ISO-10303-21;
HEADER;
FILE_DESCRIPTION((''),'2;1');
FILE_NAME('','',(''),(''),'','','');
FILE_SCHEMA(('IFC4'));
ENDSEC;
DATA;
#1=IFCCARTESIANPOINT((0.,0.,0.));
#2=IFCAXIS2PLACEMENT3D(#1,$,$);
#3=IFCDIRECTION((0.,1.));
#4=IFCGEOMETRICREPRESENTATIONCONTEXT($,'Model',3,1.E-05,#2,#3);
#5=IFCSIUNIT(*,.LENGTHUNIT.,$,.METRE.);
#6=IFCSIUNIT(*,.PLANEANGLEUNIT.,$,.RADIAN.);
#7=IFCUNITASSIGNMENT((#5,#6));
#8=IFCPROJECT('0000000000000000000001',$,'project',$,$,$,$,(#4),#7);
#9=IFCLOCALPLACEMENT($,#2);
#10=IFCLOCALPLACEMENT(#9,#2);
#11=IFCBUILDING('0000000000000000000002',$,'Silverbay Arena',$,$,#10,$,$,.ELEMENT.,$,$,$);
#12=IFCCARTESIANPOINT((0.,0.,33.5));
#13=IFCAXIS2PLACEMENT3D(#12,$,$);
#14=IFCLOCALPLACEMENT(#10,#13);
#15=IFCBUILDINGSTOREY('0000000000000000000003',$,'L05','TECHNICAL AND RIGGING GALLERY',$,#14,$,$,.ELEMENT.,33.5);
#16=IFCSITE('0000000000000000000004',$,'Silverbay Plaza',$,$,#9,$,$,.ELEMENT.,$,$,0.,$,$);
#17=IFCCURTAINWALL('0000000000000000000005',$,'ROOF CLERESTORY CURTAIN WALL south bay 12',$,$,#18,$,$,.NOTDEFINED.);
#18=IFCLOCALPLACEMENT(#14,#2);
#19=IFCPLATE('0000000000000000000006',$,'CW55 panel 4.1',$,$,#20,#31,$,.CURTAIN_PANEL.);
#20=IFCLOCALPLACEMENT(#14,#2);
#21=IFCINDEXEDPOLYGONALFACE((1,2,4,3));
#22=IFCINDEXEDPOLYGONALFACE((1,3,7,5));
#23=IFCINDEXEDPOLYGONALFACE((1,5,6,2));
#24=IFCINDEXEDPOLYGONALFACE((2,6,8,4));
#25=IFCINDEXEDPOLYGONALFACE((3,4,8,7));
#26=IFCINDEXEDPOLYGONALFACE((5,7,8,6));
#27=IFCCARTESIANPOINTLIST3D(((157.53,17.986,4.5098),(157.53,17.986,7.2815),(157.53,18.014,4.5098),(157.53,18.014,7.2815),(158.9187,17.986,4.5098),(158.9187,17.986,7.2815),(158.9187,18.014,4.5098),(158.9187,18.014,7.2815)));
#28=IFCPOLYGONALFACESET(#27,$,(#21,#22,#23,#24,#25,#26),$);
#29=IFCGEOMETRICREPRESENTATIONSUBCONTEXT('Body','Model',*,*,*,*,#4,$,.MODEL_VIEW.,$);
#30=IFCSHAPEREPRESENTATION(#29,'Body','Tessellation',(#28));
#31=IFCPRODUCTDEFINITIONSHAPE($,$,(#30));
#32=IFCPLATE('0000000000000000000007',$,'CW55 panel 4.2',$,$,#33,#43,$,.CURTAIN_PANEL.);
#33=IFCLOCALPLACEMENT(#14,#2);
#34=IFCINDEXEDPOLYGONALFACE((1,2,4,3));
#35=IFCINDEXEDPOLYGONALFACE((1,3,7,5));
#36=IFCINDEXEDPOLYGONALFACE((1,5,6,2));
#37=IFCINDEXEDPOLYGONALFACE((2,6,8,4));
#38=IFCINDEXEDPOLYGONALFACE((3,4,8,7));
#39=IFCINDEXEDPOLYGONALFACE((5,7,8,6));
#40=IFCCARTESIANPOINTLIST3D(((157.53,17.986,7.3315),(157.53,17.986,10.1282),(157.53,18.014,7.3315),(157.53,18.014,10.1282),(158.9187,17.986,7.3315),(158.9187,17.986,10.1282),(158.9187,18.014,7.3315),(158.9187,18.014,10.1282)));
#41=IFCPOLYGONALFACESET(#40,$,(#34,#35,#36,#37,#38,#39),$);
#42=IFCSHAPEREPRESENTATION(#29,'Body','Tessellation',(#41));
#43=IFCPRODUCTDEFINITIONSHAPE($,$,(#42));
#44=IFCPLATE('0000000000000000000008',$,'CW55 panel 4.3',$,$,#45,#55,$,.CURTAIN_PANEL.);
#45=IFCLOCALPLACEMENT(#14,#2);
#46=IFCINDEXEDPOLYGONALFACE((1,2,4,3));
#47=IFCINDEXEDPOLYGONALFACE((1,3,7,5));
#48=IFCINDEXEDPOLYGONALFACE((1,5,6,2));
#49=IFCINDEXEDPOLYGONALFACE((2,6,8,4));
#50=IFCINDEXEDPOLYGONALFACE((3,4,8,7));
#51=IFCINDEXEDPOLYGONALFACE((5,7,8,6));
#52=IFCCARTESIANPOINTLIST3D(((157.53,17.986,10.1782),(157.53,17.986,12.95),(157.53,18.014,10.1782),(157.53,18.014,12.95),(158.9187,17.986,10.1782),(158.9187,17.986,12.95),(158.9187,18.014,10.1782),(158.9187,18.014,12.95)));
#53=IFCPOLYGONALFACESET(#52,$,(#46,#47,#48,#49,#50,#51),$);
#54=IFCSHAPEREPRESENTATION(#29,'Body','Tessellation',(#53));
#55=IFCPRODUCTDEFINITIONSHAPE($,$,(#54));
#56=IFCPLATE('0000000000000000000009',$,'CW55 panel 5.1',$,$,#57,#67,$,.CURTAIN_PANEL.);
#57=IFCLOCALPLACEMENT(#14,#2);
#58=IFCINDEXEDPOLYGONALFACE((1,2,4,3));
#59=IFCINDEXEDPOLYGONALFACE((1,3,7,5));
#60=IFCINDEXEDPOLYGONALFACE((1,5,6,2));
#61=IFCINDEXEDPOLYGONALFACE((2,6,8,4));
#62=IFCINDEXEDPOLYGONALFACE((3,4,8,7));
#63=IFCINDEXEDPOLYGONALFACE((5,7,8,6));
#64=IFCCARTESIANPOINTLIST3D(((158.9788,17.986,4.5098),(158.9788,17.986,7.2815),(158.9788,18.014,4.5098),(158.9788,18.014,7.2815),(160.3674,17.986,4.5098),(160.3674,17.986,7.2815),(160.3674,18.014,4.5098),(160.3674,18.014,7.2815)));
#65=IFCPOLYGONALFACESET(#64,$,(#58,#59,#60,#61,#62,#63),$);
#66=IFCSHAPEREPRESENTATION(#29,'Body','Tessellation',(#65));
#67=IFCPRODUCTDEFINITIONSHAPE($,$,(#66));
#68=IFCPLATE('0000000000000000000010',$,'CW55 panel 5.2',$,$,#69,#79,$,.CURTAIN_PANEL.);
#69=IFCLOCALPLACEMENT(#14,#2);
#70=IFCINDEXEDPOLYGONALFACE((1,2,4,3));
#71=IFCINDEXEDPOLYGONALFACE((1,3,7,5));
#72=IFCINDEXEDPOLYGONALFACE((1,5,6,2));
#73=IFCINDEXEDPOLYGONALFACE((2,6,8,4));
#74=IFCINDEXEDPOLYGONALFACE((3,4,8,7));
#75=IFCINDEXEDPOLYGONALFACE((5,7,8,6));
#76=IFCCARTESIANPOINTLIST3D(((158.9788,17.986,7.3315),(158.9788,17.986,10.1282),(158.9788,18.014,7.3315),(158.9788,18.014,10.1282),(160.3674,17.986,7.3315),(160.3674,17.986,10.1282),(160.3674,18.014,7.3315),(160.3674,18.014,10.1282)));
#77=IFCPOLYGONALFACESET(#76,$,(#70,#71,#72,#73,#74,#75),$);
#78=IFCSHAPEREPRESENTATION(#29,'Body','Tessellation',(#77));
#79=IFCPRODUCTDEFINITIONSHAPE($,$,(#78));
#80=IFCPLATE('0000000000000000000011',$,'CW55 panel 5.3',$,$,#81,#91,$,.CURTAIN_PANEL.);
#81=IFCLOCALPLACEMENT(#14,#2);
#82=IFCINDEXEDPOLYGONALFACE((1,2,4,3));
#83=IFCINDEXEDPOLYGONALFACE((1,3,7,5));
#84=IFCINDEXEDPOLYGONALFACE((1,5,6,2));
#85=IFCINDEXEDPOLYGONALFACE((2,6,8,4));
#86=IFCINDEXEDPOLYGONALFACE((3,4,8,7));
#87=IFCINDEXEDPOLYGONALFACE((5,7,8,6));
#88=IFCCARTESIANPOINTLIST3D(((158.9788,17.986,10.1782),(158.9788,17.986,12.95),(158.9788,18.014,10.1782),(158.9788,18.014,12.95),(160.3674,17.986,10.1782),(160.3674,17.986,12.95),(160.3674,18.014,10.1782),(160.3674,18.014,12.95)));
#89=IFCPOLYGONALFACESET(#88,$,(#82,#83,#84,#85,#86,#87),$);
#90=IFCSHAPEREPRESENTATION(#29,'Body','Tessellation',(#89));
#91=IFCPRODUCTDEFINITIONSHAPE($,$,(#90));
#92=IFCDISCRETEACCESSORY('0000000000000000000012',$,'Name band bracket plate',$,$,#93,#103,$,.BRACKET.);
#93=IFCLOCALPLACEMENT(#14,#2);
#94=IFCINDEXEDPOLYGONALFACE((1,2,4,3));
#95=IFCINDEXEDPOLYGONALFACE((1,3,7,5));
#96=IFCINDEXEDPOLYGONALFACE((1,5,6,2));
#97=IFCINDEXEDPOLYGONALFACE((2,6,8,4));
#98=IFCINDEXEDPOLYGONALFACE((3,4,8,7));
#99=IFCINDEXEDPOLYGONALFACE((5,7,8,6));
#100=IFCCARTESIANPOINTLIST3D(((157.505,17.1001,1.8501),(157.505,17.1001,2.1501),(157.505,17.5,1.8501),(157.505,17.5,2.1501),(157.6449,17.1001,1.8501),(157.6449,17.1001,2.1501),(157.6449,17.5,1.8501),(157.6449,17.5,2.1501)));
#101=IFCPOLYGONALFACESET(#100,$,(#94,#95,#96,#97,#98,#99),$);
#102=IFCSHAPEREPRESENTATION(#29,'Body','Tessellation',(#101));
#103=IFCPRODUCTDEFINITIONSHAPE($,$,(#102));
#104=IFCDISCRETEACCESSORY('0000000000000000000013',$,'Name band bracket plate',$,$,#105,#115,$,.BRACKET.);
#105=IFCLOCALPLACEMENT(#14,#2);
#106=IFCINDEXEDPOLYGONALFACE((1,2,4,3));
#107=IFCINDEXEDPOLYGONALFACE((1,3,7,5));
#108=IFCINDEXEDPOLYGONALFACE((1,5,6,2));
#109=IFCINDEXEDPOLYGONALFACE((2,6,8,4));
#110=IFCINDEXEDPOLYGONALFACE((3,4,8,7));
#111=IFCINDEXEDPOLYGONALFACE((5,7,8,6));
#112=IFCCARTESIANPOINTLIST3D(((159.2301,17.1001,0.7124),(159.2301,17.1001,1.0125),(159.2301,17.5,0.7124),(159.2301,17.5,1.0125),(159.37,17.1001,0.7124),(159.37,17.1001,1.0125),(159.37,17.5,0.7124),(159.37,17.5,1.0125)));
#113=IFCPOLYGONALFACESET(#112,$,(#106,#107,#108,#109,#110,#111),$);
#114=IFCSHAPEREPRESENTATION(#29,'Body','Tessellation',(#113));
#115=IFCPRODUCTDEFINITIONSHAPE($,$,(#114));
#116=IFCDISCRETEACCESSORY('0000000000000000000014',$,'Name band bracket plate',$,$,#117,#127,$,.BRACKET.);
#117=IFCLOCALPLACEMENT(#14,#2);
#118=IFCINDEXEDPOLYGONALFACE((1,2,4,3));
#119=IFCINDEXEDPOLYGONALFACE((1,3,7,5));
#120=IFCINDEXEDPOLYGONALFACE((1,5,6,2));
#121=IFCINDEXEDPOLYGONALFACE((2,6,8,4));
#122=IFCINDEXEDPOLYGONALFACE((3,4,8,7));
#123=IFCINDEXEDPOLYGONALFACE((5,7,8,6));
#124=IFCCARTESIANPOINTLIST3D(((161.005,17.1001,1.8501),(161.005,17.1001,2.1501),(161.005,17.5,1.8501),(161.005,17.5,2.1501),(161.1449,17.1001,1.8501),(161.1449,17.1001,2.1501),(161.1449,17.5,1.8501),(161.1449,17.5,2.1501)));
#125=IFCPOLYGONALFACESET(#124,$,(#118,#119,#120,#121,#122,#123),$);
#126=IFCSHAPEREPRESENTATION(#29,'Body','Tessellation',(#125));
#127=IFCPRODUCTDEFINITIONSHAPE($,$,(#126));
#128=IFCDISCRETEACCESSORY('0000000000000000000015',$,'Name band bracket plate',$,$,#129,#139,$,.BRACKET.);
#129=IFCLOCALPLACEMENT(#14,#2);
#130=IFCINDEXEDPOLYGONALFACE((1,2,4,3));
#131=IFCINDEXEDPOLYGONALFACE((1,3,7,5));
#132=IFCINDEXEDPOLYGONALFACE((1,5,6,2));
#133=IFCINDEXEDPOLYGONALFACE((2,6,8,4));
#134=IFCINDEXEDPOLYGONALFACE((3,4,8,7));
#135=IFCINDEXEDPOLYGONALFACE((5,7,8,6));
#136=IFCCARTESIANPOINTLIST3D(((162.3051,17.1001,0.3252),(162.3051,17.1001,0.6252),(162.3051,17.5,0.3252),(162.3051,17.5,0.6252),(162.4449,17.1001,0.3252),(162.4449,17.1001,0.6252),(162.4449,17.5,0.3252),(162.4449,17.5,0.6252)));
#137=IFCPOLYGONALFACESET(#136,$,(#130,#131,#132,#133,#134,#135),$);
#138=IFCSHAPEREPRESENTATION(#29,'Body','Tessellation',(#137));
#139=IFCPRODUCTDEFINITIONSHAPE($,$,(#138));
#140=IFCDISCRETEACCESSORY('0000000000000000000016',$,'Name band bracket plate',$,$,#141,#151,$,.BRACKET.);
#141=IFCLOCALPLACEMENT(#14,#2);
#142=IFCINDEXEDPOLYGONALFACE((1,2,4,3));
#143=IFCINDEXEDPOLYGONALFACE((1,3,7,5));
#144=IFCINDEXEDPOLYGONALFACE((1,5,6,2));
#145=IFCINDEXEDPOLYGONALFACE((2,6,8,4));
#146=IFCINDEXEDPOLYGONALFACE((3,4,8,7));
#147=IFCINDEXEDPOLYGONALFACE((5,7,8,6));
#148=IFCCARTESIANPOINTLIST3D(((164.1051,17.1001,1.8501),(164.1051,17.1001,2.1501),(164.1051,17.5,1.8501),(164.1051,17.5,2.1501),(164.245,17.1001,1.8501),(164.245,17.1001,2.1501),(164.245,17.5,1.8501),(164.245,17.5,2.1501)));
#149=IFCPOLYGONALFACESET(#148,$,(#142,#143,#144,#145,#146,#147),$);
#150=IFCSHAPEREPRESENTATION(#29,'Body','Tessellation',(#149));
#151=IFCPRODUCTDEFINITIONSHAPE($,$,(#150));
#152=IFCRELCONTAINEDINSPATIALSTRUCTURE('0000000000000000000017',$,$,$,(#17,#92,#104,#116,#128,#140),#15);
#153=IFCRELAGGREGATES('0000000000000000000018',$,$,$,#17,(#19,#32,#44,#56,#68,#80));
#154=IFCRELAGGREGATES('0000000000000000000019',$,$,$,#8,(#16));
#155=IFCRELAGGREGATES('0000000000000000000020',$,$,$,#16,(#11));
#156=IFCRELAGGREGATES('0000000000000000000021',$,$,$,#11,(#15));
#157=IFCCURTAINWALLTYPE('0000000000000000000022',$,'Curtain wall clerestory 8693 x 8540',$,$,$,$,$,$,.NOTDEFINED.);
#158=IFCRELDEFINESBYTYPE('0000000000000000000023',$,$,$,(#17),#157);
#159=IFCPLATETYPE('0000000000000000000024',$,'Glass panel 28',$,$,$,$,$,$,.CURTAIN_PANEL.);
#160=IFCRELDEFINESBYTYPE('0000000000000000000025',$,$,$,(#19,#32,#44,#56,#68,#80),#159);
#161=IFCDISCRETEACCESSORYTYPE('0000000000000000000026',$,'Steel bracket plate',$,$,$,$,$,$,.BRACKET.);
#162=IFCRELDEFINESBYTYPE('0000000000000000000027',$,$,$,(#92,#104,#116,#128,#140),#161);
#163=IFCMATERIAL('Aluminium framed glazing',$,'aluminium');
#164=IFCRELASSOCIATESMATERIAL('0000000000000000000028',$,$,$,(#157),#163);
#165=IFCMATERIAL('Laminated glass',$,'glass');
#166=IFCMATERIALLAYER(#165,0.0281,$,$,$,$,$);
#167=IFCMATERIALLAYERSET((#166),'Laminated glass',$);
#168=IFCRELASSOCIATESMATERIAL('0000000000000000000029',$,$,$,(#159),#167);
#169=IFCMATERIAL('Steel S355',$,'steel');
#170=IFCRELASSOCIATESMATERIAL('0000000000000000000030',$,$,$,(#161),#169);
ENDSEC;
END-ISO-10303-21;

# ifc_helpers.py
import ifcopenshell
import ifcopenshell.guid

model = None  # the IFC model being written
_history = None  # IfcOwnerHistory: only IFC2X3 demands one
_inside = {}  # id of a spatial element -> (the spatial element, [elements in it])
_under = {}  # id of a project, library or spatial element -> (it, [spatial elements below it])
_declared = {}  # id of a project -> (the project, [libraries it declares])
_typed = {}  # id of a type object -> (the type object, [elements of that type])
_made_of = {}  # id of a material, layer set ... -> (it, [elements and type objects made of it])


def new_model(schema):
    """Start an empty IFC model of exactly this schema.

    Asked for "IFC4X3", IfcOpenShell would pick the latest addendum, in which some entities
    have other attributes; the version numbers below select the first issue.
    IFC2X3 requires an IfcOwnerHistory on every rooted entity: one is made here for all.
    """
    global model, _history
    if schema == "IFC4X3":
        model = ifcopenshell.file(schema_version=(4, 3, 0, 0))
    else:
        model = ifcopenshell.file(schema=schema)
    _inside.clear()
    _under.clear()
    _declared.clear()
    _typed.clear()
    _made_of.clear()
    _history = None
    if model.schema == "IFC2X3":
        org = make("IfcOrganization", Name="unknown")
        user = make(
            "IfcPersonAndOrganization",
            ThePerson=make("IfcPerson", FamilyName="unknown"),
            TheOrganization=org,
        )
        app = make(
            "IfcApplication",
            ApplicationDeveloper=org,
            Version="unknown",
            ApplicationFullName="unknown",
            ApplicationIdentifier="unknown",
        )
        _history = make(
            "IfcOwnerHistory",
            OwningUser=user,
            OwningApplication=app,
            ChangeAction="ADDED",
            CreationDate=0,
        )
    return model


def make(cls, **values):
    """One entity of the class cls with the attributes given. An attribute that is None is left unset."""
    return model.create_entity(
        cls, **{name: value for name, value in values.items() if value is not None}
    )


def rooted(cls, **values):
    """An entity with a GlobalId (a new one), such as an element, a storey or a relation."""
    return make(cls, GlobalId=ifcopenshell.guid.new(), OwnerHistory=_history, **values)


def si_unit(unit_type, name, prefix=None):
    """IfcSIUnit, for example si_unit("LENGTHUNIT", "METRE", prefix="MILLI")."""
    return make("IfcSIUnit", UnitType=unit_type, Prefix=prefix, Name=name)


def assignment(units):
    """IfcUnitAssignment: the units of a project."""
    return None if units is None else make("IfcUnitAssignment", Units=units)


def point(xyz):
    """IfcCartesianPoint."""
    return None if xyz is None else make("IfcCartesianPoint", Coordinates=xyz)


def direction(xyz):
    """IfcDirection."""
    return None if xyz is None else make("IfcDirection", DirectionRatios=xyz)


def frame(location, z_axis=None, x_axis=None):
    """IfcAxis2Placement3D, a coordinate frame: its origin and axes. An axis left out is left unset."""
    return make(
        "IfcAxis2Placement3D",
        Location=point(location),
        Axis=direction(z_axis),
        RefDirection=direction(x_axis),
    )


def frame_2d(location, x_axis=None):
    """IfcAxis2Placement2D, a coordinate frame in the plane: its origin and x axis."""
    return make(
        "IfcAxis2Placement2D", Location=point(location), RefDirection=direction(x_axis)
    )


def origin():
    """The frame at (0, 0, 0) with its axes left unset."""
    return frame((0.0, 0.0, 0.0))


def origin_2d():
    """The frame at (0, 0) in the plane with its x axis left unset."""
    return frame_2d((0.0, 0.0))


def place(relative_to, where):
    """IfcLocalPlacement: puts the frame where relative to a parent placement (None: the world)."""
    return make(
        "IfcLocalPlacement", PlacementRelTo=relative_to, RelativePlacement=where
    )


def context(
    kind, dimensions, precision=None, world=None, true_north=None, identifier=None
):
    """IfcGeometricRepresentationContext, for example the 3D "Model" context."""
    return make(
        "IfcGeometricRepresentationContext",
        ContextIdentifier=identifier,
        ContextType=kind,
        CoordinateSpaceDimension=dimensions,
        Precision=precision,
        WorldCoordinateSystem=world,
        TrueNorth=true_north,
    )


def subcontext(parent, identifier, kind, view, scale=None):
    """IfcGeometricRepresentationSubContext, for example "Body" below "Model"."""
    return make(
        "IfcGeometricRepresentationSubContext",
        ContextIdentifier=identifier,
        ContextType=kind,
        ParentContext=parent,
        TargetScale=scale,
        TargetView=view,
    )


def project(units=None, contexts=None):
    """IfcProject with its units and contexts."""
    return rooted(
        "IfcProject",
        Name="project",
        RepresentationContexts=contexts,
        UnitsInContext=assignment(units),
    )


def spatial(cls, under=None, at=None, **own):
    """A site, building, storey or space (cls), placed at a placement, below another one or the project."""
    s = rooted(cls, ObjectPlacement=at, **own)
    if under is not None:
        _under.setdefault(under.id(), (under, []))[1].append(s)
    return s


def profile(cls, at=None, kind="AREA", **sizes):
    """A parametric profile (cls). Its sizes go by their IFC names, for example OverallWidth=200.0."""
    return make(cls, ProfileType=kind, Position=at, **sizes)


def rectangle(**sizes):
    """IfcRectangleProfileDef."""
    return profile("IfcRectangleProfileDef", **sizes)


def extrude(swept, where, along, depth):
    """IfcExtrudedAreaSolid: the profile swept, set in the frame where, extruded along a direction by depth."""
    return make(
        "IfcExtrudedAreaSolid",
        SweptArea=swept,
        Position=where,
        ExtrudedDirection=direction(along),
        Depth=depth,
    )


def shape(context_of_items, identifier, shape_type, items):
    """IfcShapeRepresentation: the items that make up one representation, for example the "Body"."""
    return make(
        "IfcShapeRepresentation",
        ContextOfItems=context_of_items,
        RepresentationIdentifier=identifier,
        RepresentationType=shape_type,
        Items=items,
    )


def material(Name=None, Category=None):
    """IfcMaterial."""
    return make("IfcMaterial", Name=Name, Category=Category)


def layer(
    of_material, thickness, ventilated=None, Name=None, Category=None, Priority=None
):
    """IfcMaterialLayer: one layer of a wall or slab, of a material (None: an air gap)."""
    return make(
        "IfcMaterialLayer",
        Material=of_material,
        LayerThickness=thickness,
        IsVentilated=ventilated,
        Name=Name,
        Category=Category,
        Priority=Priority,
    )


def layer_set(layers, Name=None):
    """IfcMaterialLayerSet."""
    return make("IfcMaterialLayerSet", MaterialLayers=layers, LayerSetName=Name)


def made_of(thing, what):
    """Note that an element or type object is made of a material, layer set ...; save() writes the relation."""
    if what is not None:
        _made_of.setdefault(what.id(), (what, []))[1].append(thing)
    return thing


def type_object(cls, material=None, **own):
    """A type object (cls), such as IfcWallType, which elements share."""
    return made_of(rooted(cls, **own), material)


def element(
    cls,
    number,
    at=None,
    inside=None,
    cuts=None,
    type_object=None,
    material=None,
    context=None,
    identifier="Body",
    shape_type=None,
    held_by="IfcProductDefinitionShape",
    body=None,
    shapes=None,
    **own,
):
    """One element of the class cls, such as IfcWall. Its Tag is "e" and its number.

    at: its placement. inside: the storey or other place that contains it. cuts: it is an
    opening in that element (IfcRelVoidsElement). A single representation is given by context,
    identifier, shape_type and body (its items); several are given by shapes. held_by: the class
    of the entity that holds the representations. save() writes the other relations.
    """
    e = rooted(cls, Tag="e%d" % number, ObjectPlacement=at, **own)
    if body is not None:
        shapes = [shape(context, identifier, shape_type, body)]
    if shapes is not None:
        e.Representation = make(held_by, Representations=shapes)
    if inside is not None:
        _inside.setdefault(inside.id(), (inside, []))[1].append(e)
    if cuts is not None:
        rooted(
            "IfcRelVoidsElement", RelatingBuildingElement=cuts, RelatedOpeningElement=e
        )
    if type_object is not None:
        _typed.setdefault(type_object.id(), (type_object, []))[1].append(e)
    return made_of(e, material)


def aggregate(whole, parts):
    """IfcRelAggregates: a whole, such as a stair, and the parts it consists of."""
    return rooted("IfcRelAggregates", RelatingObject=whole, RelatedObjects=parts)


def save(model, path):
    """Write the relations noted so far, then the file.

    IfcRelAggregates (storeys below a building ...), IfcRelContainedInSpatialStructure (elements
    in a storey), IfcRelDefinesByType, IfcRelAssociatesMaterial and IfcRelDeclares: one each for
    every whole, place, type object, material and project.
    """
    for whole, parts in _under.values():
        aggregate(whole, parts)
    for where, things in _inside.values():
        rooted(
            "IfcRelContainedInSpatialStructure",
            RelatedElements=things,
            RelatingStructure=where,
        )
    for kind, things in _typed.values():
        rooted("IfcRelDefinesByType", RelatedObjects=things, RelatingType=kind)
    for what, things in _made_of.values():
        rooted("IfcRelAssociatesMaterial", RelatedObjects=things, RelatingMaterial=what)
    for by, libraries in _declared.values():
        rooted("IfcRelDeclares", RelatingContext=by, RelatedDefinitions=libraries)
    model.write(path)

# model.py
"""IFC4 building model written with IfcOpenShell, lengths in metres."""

from ifc_helpers import new_model, si_unit, direction, frame, origin, origin_2d, place, context, subcontext, project, spatial, rectangle, extrude, material, layer, layer_set, type_object, element, aggregate, save


model = new_model("IFC4")

# Units and contexts
model_context = context("Model", 3, precision=1e-05, world=origin(), true_north=direction((0.0, 1.0)))
body_context = subcontext(model_context, "Body", "Model", "MODEL_VIEW")
ifc_project = project(units=[si_unit("LENGTHUNIT", "METRE"), si_unit("PLANEANGLEUNIT", "RADIAN")], contexts=[model_context])

# Site, building, storey
site_placement = place(None, origin())
site = spatial("IfcSite", under=ifc_project, at=site_placement, Name="Silverbay Plaza", CompositionType="ELEMENT", RefElevation=0.0)
building_placement = place(site_placement, origin())
building = spatial("IfcBuilding", under=site, at=building_placement, Name="Silverbay Arena", CompositionType="ELEMENT")
storey_placement = place(building_placement, frame((0.0, 0.0, 33.5)))
storey = spatial("IfcBuildingStorey", under=building, at=storey_placement, Name="L05", Description="TECHNICAL AND RIGGING GALLERY", CompositionType="ELEMENT", Elevation=33.5)

# Curtain wall
ifc_material_1 = material(Name="Aluminium framed glazing", Category="aluminium")
curtain_wall_type = type_object("IfcCurtainWallType", Name="Curtain wall clerestory 8693 x 8540", PredefinedType="NOTDEFINED", material=ifc_material_1)
curtain_wall_placement = place(storey_placement, origin())
curtain_wall = element("IfcCurtainWall", 1, at=curtain_wall_placement, inside=storey, type_object=curtain_wall_type, Name="ROOF CLERESTORY CURTAIN WALL south bay 12", PredefinedType="NOTDEFINED")

# Plates
ifc_material_2 = material(Name="Laminated glass", Category="glass")
ifc_layer = layer(ifc_material_2, 0.0281)
ifc_layer_set = layer_set([ifc_layer], Name="Laminated glass")
plate_type = type_object("IfcPlateType", Name="Glass panel 28", PredefinedType="CURTAIN_PANEL", material=ifc_layer_set)
plate_1_placement = place(storey_placement, frame((158.2244, 18.0, 4.5098), z_axis=(0.0, 0.0, 1.0), x_axis=(1.0, 0.0, 0.0)))
plate_1 = element("IfcPlate", 2, at=plate_1_placement, type_object=plate_type, Name="CW55 panel 4.1", PredefinedType="CURTAIN_PANEL", context=body_context, shape_type="SweptSolid", body=[
    extrude(rectangle(XDim=1.3887, YDim=0.0281, at=origin_2d()), origin(), (0.0, 0.0, 1.0), 2.7717),
])
plate_2_placement = place(storey_placement, frame((158.2244, 18.0, 7.3315), z_axis=(0.0, 0.0, 1.0), x_axis=(1.0, 0.0, 0.0)))
plate_2 = element("IfcPlate", 3, at=plate_2_placement, type_object=plate_type, Name="CW55 panel 4.2", PredefinedType="CURTAIN_PANEL", context=body_context, shape_type="SweptSolid", body=[
    extrude(rectangle(XDim=1.3887, YDim=0.0281, at=origin_2d()), origin(), (0.0, 0.0, 1.0), 2.7966),
])
plate_3_placement = place(storey_placement, frame((158.2244, 18.0, 10.1782), z_axis=(0.0, 0.0, 1.0), x_axis=(1.0, 0.0, 0.0)))
plate_3 = element("IfcPlate", 4, at=plate_3_placement, type_object=plate_type, Name="CW55 panel 4.3", PredefinedType="CURTAIN_PANEL", context=body_context, shape_type="SweptSolid", body=[
    extrude(rectangle(XDim=1.3887, YDim=0.0281, at=origin_2d()), origin(), (0.0, 0.0, 1.0), 2.7717),
])
plate_4_placement = place(storey_placement, frame((159.6731, 18.0, 4.5098), z_axis=(0.0, 0.0, 1.0), x_axis=(1.0, 0.0, 0.0)))
plate_4 = element("IfcPlate", 5, at=plate_4_placement, type_object=plate_type, Name="CW55 panel 5.1", PredefinedType="CURTAIN_PANEL", context=body_context, shape_type="SweptSolid", body=[
    extrude(rectangle(XDim=1.3887, YDim=0.0281, at=origin_2d()), origin(), (0.0, 0.0, 1.0), 2.7717),
])
plate_5_placement = place(storey_placement, frame((159.6731, 18.0, 7.3315), z_axis=(0.0, 0.0, 1.0), x_axis=(1.0, 0.0, 0.0)))
plate_5 = element("IfcPlate", 6, at=plate_5_placement, type_object=plate_type, Name="CW55 panel 5.2", PredefinedType="CURTAIN_PANEL", context=body_context, shape_type="SweptSolid", body=[
    extrude(rectangle(XDim=1.3887, YDim=0.0281, at=origin_2d()), origin(), (0.0, 0.0, 1.0), 2.7966),
])
plate_6_placement = place(storey_placement, frame((159.6731, 18.0, 10.1782), z_axis=(0.0, 0.0, 1.0), x_axis=(1.0, 0.0, 0.0)))
plate_6 = element("IfcPlate", 7, at=plate_6_placement, type_object=plate_type, Name="CW55 panel 5.3", PredefinedType="CURTAIN_PANEL", context=body_context, shape_type="SweptSolid", body=[
    extrude(rectangle(XDim=1.3887, YDim=0.0281, at=origin_2d()), origin(), (0.0, 0.0, 1.0), 2.7717),
])
aggregate(curtain_wall, [plate_1, plate_2, plate_3, plate_4, plate_5, plate_6])

# Discrete accessories
ifc_material_3 = material(Name="Steel S355", Category="steel")
discrete_accessory_type = type_object("IfcDiscreteAccessoryType", Name="Steel bracket plate", PredefinedType="BRACKET", material=ifc_material_3)
for number, where, z_axis, x_axis, name in (
    (8, (157.575, 17.3, 1.8501), (0.0, 0.0, 1.0), (1.0, 0.0, 0.0), "Name band bracket plate"),
    (9, (159.3, 17.3, 0.7124), (0.0, 0.0, 1.0), (1.0, 0.0, 0.0), "Name band bracket plate"),
    (10, (161.075, 17.3, 1.8501), (0.0, 0.0, 1.0), (1.0, 0.0, 0.0), "Name band bracket plate"),
    (11, (162.375, 17.3, 0.3252), (0.0, 0.0, 1.0), (1.0, 0.0, 0.0), "Name band bracket plate"),
    (12, (164.175, 17.3, 1.8501), (0.0, 0.0, 1.0), (1.0, 0.0, 0.0), "Name band bracket plate"),
):
    element("IfcDiscreteAccessory", number, at=place(storey_placement, frame(where, z_axis=z_axis, x_axis=x_axis)), inside=storey, type_object=discrete_accessory_type, Name=name, PredefinedType="BRACKET", context=body_context, shape_type="SweptSolid", body=[
        extrude(rectangle(XDim=0.1399, YDim=0.3999, at=origin_2d()), origin(), (0.0, 0.0, 1.0), 0.3),
    ])

save(model, "model.ifc")
